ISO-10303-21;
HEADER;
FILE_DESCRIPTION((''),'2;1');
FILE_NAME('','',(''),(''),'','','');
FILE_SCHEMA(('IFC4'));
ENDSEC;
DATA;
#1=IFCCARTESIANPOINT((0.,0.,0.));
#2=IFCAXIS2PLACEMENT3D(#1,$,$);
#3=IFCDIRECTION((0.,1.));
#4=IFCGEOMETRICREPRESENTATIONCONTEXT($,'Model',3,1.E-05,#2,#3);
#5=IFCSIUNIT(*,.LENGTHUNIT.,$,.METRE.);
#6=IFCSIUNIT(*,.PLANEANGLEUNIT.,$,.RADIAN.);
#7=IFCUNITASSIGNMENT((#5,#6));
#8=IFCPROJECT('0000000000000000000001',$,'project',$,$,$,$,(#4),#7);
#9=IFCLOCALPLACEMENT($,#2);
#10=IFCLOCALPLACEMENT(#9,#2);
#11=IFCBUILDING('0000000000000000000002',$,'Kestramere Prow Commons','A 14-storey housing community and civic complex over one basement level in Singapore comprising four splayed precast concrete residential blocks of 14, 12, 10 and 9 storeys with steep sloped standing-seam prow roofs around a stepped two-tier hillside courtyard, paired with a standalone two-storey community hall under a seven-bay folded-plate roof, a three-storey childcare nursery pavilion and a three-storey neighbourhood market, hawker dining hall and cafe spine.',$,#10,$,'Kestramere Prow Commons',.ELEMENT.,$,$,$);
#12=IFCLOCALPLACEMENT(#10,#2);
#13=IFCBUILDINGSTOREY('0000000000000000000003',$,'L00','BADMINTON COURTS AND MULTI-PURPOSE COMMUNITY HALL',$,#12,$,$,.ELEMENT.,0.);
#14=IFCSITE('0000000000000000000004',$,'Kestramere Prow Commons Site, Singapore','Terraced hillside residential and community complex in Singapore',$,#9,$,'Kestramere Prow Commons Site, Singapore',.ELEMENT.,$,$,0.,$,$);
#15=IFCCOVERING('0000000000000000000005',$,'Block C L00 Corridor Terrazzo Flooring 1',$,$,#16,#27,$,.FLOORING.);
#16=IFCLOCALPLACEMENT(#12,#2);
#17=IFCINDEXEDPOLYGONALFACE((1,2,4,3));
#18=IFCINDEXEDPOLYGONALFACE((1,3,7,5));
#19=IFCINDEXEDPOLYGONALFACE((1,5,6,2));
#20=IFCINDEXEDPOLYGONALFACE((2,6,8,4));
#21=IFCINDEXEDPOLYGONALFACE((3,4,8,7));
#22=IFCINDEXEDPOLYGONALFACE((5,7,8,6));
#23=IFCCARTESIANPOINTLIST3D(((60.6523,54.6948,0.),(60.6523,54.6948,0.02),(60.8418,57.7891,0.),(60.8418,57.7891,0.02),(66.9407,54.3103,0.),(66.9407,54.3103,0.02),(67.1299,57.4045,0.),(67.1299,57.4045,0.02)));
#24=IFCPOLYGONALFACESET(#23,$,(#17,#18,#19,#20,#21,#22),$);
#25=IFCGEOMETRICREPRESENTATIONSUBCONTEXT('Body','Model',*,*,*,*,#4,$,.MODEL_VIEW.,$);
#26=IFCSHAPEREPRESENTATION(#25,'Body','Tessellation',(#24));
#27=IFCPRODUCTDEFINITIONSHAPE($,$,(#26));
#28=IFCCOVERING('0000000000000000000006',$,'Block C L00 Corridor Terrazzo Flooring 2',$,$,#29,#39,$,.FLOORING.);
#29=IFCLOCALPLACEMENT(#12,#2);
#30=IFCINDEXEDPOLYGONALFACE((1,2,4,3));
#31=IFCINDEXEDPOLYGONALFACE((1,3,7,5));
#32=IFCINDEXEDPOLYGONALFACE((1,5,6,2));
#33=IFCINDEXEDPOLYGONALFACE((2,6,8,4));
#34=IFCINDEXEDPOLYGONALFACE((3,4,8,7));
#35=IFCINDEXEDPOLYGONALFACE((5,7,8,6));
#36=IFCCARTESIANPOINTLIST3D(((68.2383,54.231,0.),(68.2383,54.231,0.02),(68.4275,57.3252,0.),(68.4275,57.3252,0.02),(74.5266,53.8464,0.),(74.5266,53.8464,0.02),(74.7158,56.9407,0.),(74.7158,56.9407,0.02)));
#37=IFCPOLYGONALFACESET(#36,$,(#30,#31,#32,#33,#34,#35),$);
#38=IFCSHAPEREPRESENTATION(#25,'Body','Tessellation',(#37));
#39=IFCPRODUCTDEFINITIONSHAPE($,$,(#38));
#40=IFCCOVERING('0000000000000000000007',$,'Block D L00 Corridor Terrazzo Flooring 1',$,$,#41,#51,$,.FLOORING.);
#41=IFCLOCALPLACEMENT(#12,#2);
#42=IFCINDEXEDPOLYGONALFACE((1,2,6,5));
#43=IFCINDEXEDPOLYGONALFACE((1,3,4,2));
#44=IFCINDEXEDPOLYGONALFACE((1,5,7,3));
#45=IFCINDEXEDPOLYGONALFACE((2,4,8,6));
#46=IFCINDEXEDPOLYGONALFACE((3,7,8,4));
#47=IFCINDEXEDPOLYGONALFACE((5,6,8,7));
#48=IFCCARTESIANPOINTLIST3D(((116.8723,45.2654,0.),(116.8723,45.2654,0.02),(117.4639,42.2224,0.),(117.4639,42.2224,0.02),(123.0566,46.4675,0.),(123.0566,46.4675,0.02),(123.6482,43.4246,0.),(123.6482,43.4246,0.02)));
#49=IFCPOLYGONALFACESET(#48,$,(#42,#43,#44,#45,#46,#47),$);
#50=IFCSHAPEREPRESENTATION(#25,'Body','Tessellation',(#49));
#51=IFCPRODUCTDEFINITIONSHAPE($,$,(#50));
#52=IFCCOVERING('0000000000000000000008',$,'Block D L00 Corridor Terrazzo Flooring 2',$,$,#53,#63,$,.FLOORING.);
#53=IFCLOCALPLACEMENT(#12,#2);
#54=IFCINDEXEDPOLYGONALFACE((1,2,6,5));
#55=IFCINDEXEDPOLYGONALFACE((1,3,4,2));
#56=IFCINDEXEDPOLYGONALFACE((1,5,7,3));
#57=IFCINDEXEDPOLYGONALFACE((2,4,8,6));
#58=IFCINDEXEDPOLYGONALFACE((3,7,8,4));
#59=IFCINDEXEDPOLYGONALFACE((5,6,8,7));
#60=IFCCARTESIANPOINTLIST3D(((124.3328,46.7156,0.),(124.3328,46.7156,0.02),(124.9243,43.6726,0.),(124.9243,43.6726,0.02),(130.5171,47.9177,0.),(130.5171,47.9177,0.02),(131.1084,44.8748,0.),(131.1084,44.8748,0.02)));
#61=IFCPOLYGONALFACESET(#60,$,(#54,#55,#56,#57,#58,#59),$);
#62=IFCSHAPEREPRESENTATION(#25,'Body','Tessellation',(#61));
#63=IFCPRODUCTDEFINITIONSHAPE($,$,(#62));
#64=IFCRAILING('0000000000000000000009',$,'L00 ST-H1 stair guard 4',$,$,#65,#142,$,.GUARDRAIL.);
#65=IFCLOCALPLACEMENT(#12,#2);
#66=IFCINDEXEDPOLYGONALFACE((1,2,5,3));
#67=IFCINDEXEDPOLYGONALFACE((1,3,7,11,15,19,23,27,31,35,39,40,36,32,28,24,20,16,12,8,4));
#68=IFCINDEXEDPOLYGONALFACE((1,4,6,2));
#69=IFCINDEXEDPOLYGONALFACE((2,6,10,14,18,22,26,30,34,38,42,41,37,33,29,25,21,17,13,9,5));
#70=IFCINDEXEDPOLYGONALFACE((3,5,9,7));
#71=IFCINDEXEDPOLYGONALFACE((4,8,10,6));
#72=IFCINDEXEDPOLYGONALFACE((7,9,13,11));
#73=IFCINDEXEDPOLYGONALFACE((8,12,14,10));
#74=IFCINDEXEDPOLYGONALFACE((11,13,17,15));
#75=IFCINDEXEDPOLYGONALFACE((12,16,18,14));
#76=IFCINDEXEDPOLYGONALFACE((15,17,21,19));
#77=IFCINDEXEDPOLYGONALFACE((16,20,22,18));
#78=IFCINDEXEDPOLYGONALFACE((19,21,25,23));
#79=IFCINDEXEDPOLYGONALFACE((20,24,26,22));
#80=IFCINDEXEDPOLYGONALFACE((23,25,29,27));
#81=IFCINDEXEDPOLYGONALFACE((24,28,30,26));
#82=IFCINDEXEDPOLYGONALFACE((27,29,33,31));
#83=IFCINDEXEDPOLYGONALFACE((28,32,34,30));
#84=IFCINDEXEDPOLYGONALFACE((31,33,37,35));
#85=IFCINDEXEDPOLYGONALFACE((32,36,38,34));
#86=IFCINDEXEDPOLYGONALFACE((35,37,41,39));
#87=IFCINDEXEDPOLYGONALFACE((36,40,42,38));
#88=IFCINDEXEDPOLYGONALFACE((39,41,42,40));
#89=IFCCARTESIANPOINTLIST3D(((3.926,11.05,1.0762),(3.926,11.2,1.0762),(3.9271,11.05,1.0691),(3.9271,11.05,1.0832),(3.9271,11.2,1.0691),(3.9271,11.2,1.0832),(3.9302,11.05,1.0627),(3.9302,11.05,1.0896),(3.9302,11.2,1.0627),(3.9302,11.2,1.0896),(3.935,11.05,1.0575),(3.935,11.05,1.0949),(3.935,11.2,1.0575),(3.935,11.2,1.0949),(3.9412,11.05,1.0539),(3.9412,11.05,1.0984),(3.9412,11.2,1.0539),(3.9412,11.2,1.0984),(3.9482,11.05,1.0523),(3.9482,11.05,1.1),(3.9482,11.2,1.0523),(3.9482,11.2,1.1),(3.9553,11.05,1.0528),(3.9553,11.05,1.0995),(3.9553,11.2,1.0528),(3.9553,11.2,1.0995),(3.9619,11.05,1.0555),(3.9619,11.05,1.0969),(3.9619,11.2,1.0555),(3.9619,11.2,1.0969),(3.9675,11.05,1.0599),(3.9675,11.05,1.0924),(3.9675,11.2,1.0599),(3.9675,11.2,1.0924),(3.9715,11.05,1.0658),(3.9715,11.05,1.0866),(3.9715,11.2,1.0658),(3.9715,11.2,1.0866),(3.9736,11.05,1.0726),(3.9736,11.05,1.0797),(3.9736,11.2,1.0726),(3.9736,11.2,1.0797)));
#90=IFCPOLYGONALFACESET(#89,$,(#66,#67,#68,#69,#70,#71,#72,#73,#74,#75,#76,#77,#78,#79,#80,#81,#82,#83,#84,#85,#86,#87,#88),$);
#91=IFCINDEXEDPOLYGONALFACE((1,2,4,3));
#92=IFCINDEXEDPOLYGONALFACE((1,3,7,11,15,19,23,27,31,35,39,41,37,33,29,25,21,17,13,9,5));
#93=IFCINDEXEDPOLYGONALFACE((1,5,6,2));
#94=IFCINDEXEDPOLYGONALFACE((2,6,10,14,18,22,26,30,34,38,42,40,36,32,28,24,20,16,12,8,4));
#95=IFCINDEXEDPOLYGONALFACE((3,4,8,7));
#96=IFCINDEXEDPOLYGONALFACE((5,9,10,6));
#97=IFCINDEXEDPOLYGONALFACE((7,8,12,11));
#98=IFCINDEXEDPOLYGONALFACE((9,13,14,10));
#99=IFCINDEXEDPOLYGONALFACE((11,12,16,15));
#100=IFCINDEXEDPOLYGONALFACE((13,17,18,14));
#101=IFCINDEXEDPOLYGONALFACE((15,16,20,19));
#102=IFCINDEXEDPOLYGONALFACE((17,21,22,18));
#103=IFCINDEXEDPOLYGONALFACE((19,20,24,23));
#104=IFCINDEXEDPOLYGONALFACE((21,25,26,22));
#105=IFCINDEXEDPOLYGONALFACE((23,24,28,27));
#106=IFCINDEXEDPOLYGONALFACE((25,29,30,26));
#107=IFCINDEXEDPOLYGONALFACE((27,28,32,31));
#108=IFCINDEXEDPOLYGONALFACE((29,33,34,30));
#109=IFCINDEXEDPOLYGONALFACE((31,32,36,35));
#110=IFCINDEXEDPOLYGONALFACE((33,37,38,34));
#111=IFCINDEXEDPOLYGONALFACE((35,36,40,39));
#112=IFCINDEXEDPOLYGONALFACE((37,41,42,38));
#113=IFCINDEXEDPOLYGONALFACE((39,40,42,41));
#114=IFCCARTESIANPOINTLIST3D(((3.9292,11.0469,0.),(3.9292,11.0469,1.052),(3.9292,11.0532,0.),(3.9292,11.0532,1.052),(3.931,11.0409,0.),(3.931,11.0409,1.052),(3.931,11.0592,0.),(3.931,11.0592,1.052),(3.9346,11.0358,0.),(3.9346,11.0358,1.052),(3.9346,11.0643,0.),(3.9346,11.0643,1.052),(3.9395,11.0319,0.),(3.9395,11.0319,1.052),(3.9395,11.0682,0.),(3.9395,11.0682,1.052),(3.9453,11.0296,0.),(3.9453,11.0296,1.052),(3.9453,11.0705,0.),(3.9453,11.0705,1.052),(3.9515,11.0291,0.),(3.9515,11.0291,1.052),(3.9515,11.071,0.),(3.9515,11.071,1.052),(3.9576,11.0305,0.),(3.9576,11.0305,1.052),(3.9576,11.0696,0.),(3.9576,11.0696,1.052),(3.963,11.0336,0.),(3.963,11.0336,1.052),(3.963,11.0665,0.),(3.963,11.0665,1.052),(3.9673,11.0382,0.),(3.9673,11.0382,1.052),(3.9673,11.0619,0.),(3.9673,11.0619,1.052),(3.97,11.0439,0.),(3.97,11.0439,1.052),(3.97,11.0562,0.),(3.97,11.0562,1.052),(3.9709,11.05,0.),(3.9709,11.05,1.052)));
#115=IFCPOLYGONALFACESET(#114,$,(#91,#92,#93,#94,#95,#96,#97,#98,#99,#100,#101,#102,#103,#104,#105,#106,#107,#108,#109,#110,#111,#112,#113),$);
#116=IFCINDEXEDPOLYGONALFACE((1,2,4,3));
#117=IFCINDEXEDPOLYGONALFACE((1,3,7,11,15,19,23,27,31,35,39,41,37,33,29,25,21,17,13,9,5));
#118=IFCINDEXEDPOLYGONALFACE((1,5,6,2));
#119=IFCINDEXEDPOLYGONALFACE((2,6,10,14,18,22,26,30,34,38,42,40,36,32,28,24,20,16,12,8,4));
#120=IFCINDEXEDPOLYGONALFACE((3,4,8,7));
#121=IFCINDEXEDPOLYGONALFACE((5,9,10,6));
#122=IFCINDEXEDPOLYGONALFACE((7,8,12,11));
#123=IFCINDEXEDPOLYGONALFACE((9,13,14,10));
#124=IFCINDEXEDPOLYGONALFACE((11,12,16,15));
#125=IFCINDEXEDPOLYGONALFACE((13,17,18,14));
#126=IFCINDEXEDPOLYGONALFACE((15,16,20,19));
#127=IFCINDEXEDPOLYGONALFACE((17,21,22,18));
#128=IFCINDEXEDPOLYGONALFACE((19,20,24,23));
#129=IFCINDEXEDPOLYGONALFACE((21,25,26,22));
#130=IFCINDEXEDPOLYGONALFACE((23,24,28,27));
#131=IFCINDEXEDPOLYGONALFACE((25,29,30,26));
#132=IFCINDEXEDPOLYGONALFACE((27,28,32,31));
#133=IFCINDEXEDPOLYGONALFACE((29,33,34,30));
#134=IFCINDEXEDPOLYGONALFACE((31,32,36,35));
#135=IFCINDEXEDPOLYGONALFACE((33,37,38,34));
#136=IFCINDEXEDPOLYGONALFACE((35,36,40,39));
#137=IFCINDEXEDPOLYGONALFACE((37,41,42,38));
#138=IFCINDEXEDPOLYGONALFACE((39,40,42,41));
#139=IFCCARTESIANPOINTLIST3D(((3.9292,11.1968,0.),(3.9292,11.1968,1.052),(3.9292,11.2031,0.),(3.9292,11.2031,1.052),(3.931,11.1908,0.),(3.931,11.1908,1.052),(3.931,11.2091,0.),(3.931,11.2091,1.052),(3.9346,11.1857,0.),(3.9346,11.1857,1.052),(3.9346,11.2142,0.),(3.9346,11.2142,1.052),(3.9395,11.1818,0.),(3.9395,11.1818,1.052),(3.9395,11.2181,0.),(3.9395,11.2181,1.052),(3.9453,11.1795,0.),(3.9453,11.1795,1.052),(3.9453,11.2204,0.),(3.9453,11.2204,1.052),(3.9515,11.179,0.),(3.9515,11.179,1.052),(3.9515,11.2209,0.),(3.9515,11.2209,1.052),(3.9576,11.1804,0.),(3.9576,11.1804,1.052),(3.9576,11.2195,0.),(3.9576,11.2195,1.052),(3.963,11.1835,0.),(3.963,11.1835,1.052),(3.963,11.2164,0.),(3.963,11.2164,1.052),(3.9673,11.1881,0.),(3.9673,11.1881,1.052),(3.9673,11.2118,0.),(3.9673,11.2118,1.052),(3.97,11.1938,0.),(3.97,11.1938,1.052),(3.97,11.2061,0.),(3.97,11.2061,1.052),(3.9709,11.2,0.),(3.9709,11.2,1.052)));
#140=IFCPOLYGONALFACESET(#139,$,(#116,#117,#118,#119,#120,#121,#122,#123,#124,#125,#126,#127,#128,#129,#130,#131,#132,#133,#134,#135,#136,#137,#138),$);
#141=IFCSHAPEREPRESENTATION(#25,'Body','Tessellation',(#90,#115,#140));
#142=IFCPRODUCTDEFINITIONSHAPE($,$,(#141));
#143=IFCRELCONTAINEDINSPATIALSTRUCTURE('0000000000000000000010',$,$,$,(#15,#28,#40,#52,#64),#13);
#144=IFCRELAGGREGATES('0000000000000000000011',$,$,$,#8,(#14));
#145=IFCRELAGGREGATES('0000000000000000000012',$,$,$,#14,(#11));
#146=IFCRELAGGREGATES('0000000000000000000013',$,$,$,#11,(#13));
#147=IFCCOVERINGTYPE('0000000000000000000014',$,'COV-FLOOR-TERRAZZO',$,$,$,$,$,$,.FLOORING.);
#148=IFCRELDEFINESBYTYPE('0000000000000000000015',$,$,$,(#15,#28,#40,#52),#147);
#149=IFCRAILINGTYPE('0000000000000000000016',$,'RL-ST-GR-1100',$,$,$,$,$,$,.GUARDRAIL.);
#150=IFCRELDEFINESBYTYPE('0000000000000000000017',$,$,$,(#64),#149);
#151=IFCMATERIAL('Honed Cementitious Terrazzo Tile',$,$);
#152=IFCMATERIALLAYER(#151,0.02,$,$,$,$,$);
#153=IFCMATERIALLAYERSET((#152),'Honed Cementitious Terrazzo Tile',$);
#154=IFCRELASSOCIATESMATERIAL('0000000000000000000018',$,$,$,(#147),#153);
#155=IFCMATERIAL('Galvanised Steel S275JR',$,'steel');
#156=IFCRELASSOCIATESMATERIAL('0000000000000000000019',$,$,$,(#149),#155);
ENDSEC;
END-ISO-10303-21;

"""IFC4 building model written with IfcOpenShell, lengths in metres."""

from ifc_helpers import new_model, si_unit, direction, frame, origin, origin_2d, place, context, subcontext, project, spatial, polyline, circle, outline, extrude, material, layer, layer_set, type_object, element, save


model = new_model("IFC4")

# Units and contexts
model_context = context("Model", 3, precision=1e-05, world=origin(), true_north=direction((0.0, 1.0)))
body_context = subcontext(model_context, "Body", "Model", "MODEL_VIEW")
ifc_project = project(units=[si_unit("LENGTHUNIT", "METRE"), si_unit("PLANEANGLEUNIT", "RADIAN")], contexts=[model_context])

# Site, building, storey
site_placement = place(None, origin())
site = spatial("IfcSite", under=ifc_project, at=site_placement, Name="Kestramere Prow Commons Site, Singapore", Description="Terraced hillside residential and community complex in Singapore", LongName="Kestramere Prow Commons Site, Singapore", CompositionType="ELEMENT", RefElevation=0.0)
building_placement = place(site_placement, origin())
building = spatial("IfcBuilding", under=site, at=building_placement, Name="Kestramere Prow Commons", Description="A 14-storey housing community and civic complex over one basement level in Singapore comprising four splayed precast concrete residential blocks of 14, 12, 10 and 9 storeys with steep sloped standing-seam prow roofs around a stepped two-tier hillside courtyard, paired with a standalone two-storey community hall under a seven-bay folded-plate roof, a three-storey childcare nursery pavilion and a three-storey neighbourhood market, hawker dining hall and cafe spine.", LongName="Kestramere Prow Commons", CompositionType="ELEMENT")
storey_placement = place(building_placement, origin())
storey = spatial("IfcBuildingStorey", under=building, at=storey_placement, Name="L00", Description="BADMINTON COURTS AND MULTI-PURPOSE COMMUNITY HALL", CompositionType="ELEMENT", Elevation=0.0)

# Coverings
ifc_material_1 = material(Name="Honed Cementitious Terrazzo Tile")
ifc_layer_1 = layer(ifc_material_1, 0.02)
ifc_layer_set_1 = layer_set([ifc_layer_1], Name="Honed Cementitious Terrazzo Tile")
covering_type_1 = type_object("IfcCoveringType", Name="COV-FLOOR-TERRAZZO", PredefinedType="FLOORING", material=ifc_layer_set_1)
covering_1_placement = place(storey_placement, origin())
element("IfcCovering", 1, at=covering_1_placement, inside=storey, type_object=covering_type_1, Name="Block C L00 Corridor Terrazzo Flooring 1", PredefinedType="FLOORING", context=body_context, shape_type="SweptSolid", body=[
    extrude(outline(polyline([(60.6523, 54.6948), (66.9407, 54.3103), (67.1299, 57.4045), (60.8418, 57.7891), (60.6523, 54.6948)])), origin(), (0.0, 0.0, 1.0), 0.02),
])
covering_2_placement = place(storey_placement, origin())
element("IfcCovering", 2, at=covering_2_placement, inside=storey, type_object=covering_type_1, Name="Block C L00 Corridor Terrazzo Flooring 2", PredefinedType="FLOORING", context=body_context, shape_type="SweptSolid", body=[
    extrude(outline(polyline([(68.2383, 54.231), (74.5266, 53.8464), (74.7158, 56.9407), (68.4275, 57.3252), (68.2383, 54.231)])), origin(), (0.0, 0.0, 1.0), 0.02),
])
covering_3_placement = place(storey_placement, origin())
element("IfcCovering", 3, at=covering_3_placement, inside=storey, type_object=covering_type_1, Name="Block D L00 Corridor Terrazzo Flooring 1", PredefinedType="FLOORING", context=body_context, shape_type="SweptSolid", body=[
    extrude(outline(polyline([(117.4639, 42.2224), (123.6482, 43.4246), (123.0566, 46.4675), (116.8723, 45.2654), (117.4639, 42.2224)])), origin(), (0.0, 0.0, 1.0), 0.02),
])
covering_4_placement = place(storey_placement, origin())
element("IfcCovering", 4, at=covering_4_placement, inside=storey, type_object=covering_type_1, Name="Block D L00 Corridor Terrazzo Flooring 2", PredefinedType="FLOORING", context=body_context, shape_type="SweptSolid", body=[
    extrude(outline(polyline([(124.9243, 43.6726), (131.1084, 44.8748), (130.5171, 47.9177), (124.3328, 46.7156), (124.9243, 43.6726)])), origin(), (0.0, 0.0, 1.0), 0.02),
])

# Railing
ifc_material_2 = material(Name="Galvanised Steel S275JR", Category="steel")
railing_type_1 = type_object("IfcRailingType", Name="RL-ST-GR-1100", PredefinedType="GUARDRAIL", material=ifc_material_2)
railing_1_placement = place(storey_placement, frame((3.95, 11.05, 0.0)))
element("IfcRailing", 5, at=railing_1_placement, inside=storey, type_object=railing_type_1, Name="L00 ST-H1 stair guard 4", PredefinedType="GUARDRAIL", context=body_context, shape_type="SweptSolid", body=[
    extrude(circle(Radius=0.0239, at=origin_2d()), frame((0.0, 0.0, 1.0762), z_axis=(0.0, 1.0, 0.0), x_axis=(-1.0, 0.0, 0.0)), (0.0, 0.0, 1.0), 0.1499),
    extrude(circle(Radius=0.021, at=origin_2d()), origin(), (0.0, 0.0, 1.0), 1.052),
    extrude(circle(Radius=0.021, at=origin_2d()), frame((0.0, 0.1499, 0.0)), (0.0, 0.0, 1.0), 1.052),
])

save(model, "model.ifc")
